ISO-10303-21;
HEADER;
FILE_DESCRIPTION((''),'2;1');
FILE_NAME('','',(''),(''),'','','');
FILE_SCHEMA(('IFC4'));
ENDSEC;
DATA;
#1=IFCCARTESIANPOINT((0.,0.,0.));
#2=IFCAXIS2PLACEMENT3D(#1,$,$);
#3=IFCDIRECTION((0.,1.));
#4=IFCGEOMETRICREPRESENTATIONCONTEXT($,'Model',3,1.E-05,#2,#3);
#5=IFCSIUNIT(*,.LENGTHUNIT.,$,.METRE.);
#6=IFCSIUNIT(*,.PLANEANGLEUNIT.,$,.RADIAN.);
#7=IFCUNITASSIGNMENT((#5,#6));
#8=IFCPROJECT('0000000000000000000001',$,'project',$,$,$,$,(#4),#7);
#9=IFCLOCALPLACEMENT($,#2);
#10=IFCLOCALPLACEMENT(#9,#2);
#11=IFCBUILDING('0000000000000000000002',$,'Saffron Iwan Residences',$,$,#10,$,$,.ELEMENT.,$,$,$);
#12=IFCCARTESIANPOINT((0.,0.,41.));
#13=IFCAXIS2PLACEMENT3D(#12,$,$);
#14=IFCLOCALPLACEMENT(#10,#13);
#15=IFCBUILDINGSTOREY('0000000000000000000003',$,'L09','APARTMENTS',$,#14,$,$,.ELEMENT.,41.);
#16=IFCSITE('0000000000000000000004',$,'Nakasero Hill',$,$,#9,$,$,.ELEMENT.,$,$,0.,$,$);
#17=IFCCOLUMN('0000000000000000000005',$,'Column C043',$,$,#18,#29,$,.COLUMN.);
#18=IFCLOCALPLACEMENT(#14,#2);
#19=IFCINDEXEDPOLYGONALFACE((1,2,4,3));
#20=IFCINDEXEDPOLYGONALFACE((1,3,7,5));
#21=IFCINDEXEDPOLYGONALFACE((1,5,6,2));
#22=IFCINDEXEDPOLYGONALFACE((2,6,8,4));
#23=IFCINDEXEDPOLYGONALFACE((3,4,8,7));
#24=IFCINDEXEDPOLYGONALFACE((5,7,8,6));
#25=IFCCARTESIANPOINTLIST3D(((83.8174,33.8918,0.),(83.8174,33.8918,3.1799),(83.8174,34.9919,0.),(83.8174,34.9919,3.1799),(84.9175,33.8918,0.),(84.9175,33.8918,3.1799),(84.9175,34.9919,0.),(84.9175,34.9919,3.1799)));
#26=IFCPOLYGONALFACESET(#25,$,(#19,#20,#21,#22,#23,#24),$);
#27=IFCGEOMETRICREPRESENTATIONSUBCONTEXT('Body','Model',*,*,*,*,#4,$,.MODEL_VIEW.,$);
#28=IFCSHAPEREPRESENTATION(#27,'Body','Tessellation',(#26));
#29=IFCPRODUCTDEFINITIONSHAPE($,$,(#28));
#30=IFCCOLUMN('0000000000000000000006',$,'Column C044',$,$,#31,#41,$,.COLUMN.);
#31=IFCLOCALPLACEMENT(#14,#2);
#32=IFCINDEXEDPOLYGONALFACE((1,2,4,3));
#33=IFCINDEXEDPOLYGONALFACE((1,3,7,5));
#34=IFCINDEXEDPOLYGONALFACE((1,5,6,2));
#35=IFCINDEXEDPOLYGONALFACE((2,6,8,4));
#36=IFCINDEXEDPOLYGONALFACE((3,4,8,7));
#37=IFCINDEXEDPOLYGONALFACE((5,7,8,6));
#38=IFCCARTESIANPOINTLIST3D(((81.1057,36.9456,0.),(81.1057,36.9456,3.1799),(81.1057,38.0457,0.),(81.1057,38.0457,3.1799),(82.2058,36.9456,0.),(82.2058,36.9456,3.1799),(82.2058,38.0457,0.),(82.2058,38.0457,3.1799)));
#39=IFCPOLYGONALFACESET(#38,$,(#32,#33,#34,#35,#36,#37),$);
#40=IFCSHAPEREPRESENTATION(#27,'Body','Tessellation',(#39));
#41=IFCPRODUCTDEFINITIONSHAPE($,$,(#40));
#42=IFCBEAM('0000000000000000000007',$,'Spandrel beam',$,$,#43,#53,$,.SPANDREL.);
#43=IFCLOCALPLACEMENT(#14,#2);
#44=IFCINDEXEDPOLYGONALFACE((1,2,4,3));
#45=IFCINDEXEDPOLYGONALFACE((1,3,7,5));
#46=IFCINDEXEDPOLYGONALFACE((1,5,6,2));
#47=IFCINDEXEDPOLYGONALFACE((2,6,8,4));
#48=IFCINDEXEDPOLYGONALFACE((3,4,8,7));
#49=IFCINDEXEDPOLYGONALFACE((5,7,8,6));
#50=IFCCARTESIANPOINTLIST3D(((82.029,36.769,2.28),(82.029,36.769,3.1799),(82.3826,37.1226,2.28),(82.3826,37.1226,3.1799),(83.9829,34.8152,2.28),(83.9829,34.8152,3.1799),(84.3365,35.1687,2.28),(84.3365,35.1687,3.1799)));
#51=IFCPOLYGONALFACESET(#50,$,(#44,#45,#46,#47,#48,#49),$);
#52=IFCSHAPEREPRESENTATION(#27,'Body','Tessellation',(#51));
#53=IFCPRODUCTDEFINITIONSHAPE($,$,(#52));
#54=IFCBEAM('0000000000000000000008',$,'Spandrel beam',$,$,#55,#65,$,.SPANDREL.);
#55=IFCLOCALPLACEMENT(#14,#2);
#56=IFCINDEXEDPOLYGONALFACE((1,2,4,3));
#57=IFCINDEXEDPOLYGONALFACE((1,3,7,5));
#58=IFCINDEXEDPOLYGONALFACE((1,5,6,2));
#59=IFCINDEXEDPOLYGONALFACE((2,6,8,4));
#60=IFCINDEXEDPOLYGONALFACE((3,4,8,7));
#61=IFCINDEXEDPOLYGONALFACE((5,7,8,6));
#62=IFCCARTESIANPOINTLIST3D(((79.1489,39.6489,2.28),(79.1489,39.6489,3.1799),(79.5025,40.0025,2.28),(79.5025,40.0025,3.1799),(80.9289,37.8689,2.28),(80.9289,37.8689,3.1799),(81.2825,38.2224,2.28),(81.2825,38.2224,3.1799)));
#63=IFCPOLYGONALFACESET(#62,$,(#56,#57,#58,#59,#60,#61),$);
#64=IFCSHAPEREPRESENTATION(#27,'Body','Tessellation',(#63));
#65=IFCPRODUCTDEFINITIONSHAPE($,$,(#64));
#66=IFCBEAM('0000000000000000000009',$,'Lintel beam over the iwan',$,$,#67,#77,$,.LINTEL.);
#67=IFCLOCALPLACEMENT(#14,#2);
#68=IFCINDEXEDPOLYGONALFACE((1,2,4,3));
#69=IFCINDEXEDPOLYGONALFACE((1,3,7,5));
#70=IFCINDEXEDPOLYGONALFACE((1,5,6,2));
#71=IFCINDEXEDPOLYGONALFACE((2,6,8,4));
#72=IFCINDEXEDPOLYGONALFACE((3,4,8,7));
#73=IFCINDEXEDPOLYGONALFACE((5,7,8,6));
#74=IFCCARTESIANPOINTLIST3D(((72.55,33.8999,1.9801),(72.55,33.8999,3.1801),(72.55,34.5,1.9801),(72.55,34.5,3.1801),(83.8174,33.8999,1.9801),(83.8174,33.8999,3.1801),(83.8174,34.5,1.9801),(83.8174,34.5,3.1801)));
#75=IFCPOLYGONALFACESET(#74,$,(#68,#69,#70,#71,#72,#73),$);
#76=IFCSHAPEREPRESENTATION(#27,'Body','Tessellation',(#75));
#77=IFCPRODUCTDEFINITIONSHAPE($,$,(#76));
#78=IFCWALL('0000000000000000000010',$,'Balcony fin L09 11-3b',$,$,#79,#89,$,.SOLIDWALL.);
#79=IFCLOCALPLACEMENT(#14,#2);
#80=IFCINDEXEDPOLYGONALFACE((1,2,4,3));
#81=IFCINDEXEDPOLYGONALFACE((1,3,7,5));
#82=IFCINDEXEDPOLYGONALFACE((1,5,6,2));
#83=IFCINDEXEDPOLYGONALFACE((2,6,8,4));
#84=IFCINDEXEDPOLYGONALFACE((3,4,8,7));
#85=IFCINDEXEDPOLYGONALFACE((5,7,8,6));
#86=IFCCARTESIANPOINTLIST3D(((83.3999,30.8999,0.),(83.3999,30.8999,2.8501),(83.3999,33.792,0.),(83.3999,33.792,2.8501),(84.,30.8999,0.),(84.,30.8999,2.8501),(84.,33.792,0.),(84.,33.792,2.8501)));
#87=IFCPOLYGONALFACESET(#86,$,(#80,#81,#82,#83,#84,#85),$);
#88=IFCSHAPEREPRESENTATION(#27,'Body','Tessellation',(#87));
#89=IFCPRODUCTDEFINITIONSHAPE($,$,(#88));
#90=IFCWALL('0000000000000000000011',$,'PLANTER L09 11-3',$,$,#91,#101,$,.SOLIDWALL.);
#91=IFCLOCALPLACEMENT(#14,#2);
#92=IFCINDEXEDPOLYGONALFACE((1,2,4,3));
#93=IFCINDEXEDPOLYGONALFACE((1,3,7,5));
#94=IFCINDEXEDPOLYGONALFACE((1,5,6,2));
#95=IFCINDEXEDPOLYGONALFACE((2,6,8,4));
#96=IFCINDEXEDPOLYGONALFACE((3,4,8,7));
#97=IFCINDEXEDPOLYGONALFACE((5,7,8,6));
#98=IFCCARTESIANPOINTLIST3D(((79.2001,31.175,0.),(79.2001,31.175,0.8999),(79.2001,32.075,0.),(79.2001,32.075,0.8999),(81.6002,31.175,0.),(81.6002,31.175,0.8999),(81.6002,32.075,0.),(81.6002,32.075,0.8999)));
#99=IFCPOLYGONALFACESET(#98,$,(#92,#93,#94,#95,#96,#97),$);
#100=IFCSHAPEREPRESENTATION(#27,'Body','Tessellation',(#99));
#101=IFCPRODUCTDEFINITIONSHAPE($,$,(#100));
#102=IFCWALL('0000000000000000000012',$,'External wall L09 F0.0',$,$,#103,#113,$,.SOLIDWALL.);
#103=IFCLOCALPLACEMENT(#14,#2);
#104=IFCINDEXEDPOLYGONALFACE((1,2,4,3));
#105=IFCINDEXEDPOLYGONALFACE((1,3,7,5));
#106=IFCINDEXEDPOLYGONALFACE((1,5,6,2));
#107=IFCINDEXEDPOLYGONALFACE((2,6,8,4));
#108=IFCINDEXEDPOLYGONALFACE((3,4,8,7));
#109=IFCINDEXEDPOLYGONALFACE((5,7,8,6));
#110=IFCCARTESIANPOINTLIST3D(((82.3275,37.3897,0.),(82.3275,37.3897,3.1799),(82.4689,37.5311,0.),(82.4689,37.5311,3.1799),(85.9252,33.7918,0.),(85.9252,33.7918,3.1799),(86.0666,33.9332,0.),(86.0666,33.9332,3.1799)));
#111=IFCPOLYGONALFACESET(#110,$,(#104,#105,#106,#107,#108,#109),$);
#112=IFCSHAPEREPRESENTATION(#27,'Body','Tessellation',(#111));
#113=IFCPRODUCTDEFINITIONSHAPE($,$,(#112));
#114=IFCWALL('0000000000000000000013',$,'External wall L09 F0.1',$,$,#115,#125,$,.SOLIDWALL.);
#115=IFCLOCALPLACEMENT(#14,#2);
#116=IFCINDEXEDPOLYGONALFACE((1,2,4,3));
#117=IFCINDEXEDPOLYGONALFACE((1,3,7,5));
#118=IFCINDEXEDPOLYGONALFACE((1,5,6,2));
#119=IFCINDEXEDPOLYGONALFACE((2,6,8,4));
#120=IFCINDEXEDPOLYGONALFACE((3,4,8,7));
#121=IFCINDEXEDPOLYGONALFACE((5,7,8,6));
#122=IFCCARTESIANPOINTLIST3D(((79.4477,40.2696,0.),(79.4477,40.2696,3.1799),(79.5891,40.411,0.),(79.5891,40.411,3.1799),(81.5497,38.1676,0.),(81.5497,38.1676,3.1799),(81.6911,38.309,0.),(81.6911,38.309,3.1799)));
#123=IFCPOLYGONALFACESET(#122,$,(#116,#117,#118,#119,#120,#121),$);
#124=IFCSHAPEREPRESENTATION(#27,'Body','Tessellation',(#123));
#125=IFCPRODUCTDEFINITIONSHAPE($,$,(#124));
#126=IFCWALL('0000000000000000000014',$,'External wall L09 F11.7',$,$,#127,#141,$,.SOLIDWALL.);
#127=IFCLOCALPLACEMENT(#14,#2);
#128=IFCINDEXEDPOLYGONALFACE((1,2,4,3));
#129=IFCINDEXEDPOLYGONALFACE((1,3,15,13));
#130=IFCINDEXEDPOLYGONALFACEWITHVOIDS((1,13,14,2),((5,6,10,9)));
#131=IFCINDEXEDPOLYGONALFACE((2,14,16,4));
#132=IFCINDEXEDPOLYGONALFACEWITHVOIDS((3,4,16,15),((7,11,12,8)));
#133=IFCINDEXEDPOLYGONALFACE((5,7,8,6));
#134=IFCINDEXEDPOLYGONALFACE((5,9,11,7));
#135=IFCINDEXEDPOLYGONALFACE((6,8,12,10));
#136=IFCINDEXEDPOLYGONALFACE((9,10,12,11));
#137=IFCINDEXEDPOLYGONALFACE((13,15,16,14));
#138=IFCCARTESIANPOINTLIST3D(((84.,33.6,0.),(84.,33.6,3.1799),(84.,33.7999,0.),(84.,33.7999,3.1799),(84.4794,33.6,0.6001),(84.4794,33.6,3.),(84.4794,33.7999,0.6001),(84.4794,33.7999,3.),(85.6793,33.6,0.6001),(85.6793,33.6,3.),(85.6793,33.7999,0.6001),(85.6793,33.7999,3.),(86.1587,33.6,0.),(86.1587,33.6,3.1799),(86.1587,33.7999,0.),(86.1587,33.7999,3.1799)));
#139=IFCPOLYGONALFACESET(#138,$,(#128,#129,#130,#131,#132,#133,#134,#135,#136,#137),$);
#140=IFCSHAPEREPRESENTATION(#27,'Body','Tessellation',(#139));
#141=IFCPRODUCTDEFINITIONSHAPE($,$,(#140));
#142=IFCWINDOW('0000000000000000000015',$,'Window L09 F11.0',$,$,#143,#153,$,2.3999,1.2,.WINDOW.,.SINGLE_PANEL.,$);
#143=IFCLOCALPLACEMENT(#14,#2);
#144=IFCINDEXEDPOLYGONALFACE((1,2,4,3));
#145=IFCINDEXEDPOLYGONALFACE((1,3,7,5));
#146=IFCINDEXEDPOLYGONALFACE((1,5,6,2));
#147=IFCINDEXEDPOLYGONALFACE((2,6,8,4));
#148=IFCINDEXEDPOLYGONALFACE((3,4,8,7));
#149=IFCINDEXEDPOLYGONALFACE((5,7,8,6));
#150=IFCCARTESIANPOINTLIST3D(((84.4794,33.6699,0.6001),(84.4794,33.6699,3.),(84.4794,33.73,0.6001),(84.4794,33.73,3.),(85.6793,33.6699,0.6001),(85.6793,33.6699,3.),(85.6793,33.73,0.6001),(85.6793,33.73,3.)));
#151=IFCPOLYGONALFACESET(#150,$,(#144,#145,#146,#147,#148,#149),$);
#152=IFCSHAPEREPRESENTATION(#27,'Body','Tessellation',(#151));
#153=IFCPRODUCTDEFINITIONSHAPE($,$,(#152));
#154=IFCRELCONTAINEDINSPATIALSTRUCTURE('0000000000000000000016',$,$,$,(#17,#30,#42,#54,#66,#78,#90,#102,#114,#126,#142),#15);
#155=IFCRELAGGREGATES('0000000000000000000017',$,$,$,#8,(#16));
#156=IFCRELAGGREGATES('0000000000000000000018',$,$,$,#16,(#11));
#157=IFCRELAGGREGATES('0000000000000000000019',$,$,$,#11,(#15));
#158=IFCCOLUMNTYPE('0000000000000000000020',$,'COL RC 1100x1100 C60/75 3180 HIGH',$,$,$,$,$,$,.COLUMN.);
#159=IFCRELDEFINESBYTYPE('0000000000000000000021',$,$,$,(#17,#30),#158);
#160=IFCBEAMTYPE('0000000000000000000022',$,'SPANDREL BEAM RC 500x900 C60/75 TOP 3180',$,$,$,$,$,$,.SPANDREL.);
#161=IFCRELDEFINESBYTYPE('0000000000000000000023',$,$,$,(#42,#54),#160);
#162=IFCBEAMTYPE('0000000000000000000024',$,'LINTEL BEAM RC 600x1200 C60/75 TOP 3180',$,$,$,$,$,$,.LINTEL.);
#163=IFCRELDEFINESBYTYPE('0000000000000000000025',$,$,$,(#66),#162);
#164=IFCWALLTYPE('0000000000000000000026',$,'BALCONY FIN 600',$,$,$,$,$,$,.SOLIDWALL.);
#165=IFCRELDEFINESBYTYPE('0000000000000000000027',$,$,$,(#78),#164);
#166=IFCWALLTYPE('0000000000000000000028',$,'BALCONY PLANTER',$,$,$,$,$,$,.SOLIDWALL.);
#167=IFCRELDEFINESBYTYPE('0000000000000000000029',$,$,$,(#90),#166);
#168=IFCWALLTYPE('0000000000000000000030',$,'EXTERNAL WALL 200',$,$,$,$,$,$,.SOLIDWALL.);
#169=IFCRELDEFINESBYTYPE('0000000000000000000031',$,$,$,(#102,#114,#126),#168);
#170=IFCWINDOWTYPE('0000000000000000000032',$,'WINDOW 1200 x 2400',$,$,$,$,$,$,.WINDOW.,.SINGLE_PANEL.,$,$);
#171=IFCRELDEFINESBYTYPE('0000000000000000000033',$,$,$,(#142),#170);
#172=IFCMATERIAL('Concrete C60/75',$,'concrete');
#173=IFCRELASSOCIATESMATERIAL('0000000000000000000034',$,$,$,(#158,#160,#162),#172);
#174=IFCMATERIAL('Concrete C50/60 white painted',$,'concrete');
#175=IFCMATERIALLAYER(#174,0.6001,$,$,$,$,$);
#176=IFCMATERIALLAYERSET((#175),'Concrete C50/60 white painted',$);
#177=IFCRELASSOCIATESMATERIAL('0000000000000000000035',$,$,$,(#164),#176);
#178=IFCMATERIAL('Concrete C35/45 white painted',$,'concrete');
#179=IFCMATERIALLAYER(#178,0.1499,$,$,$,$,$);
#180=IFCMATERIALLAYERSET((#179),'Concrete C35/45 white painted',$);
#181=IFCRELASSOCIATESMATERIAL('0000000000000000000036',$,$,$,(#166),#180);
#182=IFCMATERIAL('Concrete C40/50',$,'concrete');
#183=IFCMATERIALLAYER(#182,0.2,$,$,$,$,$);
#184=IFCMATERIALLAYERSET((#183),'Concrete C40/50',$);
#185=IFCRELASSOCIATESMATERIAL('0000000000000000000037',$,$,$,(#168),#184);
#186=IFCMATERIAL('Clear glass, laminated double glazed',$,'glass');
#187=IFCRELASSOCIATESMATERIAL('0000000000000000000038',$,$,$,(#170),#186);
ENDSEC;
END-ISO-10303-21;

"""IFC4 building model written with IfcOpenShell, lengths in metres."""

from ifc_helpers import new_model, si_unit, direction, frame, frame_2d, origin, origin_2d, place, context, subcontext, project, spatial, rectangle, extrude, source, transform, mapped, material, layer, layer_set, material_profile, profile_set, type_object, element, fill, save


model = new_model("IFC4")

# Units and contexts
model_context = context("Model", 3, precision=1e-05, world=origin(), true_north=direction((0.0, 1.0)))
body_context = subcontext(model_context, "Body", "Model", "MODEL_VIEW")
ifc_project = project(units=[si_unit("LENGTHUNIT", "METRE"), si_unit("PLANEANGLEUNIT", "RADIAN")], contexts=[model_context])

# Site, building, storey
site_placement = place(None, origin())
site = spatial("IfcSite", under=ifc_project, at=site_placement, Name="Nakasero Hill", CompositionType="ELEMENT", RefElevation=0.0)
building_placement = place(site_placement, origin())
building = spatial("IfcBuilding", under=site, at=building_placement, Name="Saffron Iwan Residences", CompositionType="ELEMENT")
storey_placement = place(building_placement, frame((0.0, 0.0, 41.0)))
storey = spatial("IfcBuildingStorey", under=building, at=storey_placement, Name="L09", Description="APARTMENTS", CompositionType="ELEMENT", Elevation=41.0)

# Columns
ifc_material_1 = material(Name="Concrete C60/75", Category="concrete")
ifc_material_profile_1 = material_profile(ifc_material_1, rectangle(XDim=1.1001, YDim=1.1001, at=origin_2d()), Name="RC 1100x1100")
ifc_profile_set_1 = profile_set([ifc_material_profile_1], Name="Concrete C60/75")
column_type = type_object("IfcColumnType", Name="COL RC 1100x1100 C60/75 3180 HIGH", PredefinedType="COLUMN", material=ifc_profile_set_1)
shared_shape_1 = source(origin(), body_context, "Body", "SweptSolid", [
    extrude(rectangle(XDim=1.1001, YDim=1.1001, at=origin_2d()), origin(), (0.0, 0.0, 1.0), 3.1799),
])
for number, where, z_axis, x_axis, name in (
    (1, (84.3674, 34.4419, 0.0), (0.0, 0.0, 1.0), (1.0, 0.0, 0.0), "Column C043"),
    (2, (81.6558, 37.4956, 0.0), (0.0, 0.0, 1.0), (1.0, 0.0, 0.0), "Column C044"),
):
    element("IfcColumn", number, at=place(storey_placement, frame(where, z_axis=z_axis, x_axis=x_axis)), inside=storey, type_object=column_type, Name=name, PredefinedType="COLUMN", context=body_context, shape_type="MappedRepresentation", body=[
        mapped(shared_shape_1, transform((0.0, 0.0, 0.0))),
    ])

# Beams
ifc_material_profile_2 = material_profile(ifc_material_1, rectangle(XDim=0.5, YDim=0.8999, at=origin_2d()), Name="RC 500x900")
ifc_profile_set_2 = profile_set([ifc_material_profile_2], Name="Concrete C60/75")
beam_type_1 = type_object("IfcBeamType", Name="SPANDREL BEAM RC 500x900 C60/75 TOP 3180", PredefinedType="SPANDREL", material=ifc_profile_set_2)
shared_shape_2 = source(origin(), body_context, "Body", "SweptSolid", [
    extrude(rectangle(XDim=0.5, YDim=0.8999, at=origin_2d()), origin(), (0.0, 0.0, 1.0), 2.7632),
])
beam_1_placement = place(storey_placement, frame((82.2058, 36.9458, 2.73), z_axis=(0.707107, -0.707107, 0.0), x_axis=(0.707107, 0.707107, 0.0)))
element("IfcBeam", 3, at=beam_1_placement, inside=storey, type_object=beam_type_1, Name="Spandrel beam", PredefinedType="SPANDREL", context=body_context, shape_type="MappedRepresentation", body=[
    mapped(shared_shape_2, transform((0.0, 0.0, 0.0))),
])
shared_shape_3 = source(origin(), body_context, "Body", "SweptSolid", [
    extrude(rectangle(XDim=0.5, YDim=0.8999, at=origin_2d()), origin(), (0.0, 0.0, 1.0), 2.5173),
])
beam_2_placement = place(storey_placement, frame((79.3257, 39.8257, 2.73), z_axis=(0.707107, -0.707107, 0.0), x_axis=(0.707107, 0.707107, 0.0)))
element("IfcBeam", 4, at=beam_2_placement, inside=storey, type_object=beam_type_1, Name="Spandrel beam", PredefinedType="SPANDREL", context=body_context, shape_type="MappedRepresentation", body=[
    mapped(shared_shape_3, transform((0.0, 0.0, 0.0))),
])
ifc_material_profile_3 = material_profile(ifc_material_1, rectangle(XDim=0.6001, YDim=1.2, at=origin_2d()), Name="RC 600x1200")
ifc_profile_set_3 = profile_set([ifc_material_profile_3], Name="Concrete C60/75")
beam_type_2 = type_object("IfcBeamType", Name="LINTEL BEAM RC 600x1200 C60/75 TOP 3180", PredefinedType="LINTEL", material=ifc_profile_set_3)
shared_shape_4 = source(origin(), body_context, "Body", "SweptSolid", [
    extrude(rectangle(XDim=0.6001, YDim=1.2, at=origin_2d()), origin(), (0.0, 0.0, 1.0), 11.2673),
])
beam_3_placement = place(storey_placement, frame((83.8174, 34.2, 2.5801), z_axis=(-1.0, 0.0, 0.0), x_axis=(0.0, -1.0, 0.0)))
element("IfcBeam", 5, at=beam_3_placement, inside=storey, type_object=beam_type_2, Name="Lintel beam over the iwan", PredefinedType="LINTEL", context=body_context, shape_type="MappedRepresentation", body=[
    mapped(shared_shape_4, transform((0.0, 0.0, 0.0))),
])

# Walls
ifc_material_2 = material(Name="Concrete C50/60 white painted", Category="concrete")
ifc_layer_1 = layer(ifc_material_2, 0.6001)
ifc_layer_set_1 = layer_set([ifc_layer_1], Name="Concrete C50/60 white painted")
wall_type_1 = type_object("IfcWallType", Name="BALCONY FIN 600", PredefinedType="SOLIDWALL", material=ifc_layer_set_1)
wall_1_placement = place(storey_placement, frame((83.7, 33.792, 0.0), z_axis=(0.0, 0.0, 1.0), x_axis=(0.0, -1.0, 0.0)))
element("IfcWall", 6, at=wall_1_placement, inside=storey, type_object=wall_type_1, Name="Balcony fin L09 11-3b", PredefinedType="SOLIDWALL", context=body_context, shape_type="SweptSolid", body=[
    extrude(rectangle(XDim=2.8921, YDim=0.6001, at=frame_2d((1.446, 0.0))), origin(), (0.0, 0.0, 1.0), 2.8501),
])
ifc_material_3 = material(Name="Concrete C35/45 white painted", Category="concrete")
ifc_layer_2 = layer(ifc_material_3, 0.1499)
ifc_layer_set_2 = layer_set([ifc_layer_2], Name="Concrete C35/45 white painted")
wall_type_2 = type_object("IfcWallType", Name="BALCONY PLANTER", PredefinedType="SOLIDWALL", material=ifc_layer_set_2)
wall_2_placement = place(storey_placement, frame((79.2, 31.625, 0.0), z_axis=(0.0, 0.0, 1.0), x_axis=(1.0, 0.0, 0.0)))
element("IfcWall", 7, at=wall_2_placement, inside=storey, type_object=wall_type_2, Name="PLANTER L09 11-3", PredefinedType="SOLIDWALL", context=body_context, shape_type="SweptSolid", body=[
    extrude(rectangle(XDim=2.4001, YDim=0.8999, at=frame_2d((1.2002, 0.0))), origin(), (0.0, 0.0, 1.0), 0.8999),
])
ifc_material_4 = material(Name="Concrete C40/50", Category="concrete")
ifc_layer_3 = layer(ifc_material_4, 0.2)
ifc_layer_set_3 = layer_set([ifc_layer_3], Name="Concrete C40/50")
wall_type_3 = type_object("IfcWallType", Name="EXTERNAL WALL 200", PredefinedType="SOLIDWALL", material=ifc_layer_set_3)
wall_3_placement = place(storey_placement, frame((85.9958, 33.8625, 0.0), z_axis=(0.0, 0.0, 1.0), x_axis=(-0.707083, 0.707131, 0.0)))
element("IfcWall", 8, at=wall_3_placement, inside=storey, type_object=wall_type_3, Name="External wall L09 F0.0", PredefinedType="SOLIDWALL", context=body_context, shape_type="SweptSolid", body=[
    extrude(rectangle(XDim=5.0881, YDim=0.2, at=frame_2d((2.5439, 0.0))), origin(), (0.0, 0.0, 1.0), 3.1799),
])
wall_4_placement = place(storey_placement, frame((81.6204, 38.2383, 0.0), z_axis=(0.0, 0.0, 1.0), x_axis=(-0.707107, 0.707107, 0.0)))
element("IfcWall", 9, at=wall_4_placement, inside=storey, type_object=wall_type_3, Name="External wall L09 F0.1", PredefinedType="SOLIDWALL", context=body_context, shape_type="SweptSolid", body=[
    extrude(rectangle(XDim=2.9727, YDim=0.2, at=frame_2d((1.4863, 0.0))), origin(), (0.0, 0.0, 1.0), 3.1799),
])

# Wall, opening, window
wall_5_placement = place(storey_placement, frame((84.0, 33.7, 0.0), z_axis=(0.0, 0.0, 1.0), x_axis=(1.0, 0.0, 0.0)))
wall_5 = element("IfcWall", 10, at=wall_5_placement, inside=storey, type_object=wall_type_3, Name="External wall L09 F11.7", PredefinedType="SOLIDWALL", context=body_context, shape_type="SweptSolid", body=[
    extrude(rectangle(XDim=2.1587, YDim=0.2, at=frame_2d((1.0793, 0.0))), origin(), (0.0, 0.0, 1.0), 3.1799),
])
opening_1_placement = place(wall_5_placement, frame((0.4792, 0.0, 0.6001)))
opening_1 = element("IfcOpeningElement", 11, at=opening_1_placement, cuts=wall_5, PredefinedType="OPENING", context=body_context, shape_type="SweptSolid", body=[
    extrude(rectangle(XDim=1.2, YDim=2.3999, at=frame_2d((0.6001, 1.2))), frame((0.0, 0.1099, 0.0), z_axis=(0.0, -1.0, 0.0), x_axis=(1.0, 0.0, 0.0)), (0.0, 0.0, 1.0), 0.22),
])
ifc_material_5 = material(Name="Clear glass, laminated double glazed", Category="glass")
window_type = type_object("IfcWindowType", Name="WINDOW 1200 x 2400", PartitioningType="SINGLE_PANEL", PredefinedType="WINDOW", material=ifc_material_5)
window_placement = place(opening_1_placement, origin())
window = element("IfcWindow", 12, at=window_placement, inside=storey, type_object=window_type, Name="Window L09 F11.0", OverallHeight=2.3999, OverallWidth=1.2, PartitioningType="SINGLE_PANEL", PredefinedType="WINDOW", context=body_context, shape_type="SweptSolid", body=[
    extrude(rectangle(XDim=1.2, YDim=2.3999, at=frame_2d((0.6001, 1.2))), frame((0.0, 0.03, 0.0), z_axis=(0.0, -1.0, 0.0), x_axis=(1.0, 0.0, 0.0)), (0.0, 0.0, 1.0), 0.0601),
])
fill(opening_1, window)

save(model, "model.ifc")
